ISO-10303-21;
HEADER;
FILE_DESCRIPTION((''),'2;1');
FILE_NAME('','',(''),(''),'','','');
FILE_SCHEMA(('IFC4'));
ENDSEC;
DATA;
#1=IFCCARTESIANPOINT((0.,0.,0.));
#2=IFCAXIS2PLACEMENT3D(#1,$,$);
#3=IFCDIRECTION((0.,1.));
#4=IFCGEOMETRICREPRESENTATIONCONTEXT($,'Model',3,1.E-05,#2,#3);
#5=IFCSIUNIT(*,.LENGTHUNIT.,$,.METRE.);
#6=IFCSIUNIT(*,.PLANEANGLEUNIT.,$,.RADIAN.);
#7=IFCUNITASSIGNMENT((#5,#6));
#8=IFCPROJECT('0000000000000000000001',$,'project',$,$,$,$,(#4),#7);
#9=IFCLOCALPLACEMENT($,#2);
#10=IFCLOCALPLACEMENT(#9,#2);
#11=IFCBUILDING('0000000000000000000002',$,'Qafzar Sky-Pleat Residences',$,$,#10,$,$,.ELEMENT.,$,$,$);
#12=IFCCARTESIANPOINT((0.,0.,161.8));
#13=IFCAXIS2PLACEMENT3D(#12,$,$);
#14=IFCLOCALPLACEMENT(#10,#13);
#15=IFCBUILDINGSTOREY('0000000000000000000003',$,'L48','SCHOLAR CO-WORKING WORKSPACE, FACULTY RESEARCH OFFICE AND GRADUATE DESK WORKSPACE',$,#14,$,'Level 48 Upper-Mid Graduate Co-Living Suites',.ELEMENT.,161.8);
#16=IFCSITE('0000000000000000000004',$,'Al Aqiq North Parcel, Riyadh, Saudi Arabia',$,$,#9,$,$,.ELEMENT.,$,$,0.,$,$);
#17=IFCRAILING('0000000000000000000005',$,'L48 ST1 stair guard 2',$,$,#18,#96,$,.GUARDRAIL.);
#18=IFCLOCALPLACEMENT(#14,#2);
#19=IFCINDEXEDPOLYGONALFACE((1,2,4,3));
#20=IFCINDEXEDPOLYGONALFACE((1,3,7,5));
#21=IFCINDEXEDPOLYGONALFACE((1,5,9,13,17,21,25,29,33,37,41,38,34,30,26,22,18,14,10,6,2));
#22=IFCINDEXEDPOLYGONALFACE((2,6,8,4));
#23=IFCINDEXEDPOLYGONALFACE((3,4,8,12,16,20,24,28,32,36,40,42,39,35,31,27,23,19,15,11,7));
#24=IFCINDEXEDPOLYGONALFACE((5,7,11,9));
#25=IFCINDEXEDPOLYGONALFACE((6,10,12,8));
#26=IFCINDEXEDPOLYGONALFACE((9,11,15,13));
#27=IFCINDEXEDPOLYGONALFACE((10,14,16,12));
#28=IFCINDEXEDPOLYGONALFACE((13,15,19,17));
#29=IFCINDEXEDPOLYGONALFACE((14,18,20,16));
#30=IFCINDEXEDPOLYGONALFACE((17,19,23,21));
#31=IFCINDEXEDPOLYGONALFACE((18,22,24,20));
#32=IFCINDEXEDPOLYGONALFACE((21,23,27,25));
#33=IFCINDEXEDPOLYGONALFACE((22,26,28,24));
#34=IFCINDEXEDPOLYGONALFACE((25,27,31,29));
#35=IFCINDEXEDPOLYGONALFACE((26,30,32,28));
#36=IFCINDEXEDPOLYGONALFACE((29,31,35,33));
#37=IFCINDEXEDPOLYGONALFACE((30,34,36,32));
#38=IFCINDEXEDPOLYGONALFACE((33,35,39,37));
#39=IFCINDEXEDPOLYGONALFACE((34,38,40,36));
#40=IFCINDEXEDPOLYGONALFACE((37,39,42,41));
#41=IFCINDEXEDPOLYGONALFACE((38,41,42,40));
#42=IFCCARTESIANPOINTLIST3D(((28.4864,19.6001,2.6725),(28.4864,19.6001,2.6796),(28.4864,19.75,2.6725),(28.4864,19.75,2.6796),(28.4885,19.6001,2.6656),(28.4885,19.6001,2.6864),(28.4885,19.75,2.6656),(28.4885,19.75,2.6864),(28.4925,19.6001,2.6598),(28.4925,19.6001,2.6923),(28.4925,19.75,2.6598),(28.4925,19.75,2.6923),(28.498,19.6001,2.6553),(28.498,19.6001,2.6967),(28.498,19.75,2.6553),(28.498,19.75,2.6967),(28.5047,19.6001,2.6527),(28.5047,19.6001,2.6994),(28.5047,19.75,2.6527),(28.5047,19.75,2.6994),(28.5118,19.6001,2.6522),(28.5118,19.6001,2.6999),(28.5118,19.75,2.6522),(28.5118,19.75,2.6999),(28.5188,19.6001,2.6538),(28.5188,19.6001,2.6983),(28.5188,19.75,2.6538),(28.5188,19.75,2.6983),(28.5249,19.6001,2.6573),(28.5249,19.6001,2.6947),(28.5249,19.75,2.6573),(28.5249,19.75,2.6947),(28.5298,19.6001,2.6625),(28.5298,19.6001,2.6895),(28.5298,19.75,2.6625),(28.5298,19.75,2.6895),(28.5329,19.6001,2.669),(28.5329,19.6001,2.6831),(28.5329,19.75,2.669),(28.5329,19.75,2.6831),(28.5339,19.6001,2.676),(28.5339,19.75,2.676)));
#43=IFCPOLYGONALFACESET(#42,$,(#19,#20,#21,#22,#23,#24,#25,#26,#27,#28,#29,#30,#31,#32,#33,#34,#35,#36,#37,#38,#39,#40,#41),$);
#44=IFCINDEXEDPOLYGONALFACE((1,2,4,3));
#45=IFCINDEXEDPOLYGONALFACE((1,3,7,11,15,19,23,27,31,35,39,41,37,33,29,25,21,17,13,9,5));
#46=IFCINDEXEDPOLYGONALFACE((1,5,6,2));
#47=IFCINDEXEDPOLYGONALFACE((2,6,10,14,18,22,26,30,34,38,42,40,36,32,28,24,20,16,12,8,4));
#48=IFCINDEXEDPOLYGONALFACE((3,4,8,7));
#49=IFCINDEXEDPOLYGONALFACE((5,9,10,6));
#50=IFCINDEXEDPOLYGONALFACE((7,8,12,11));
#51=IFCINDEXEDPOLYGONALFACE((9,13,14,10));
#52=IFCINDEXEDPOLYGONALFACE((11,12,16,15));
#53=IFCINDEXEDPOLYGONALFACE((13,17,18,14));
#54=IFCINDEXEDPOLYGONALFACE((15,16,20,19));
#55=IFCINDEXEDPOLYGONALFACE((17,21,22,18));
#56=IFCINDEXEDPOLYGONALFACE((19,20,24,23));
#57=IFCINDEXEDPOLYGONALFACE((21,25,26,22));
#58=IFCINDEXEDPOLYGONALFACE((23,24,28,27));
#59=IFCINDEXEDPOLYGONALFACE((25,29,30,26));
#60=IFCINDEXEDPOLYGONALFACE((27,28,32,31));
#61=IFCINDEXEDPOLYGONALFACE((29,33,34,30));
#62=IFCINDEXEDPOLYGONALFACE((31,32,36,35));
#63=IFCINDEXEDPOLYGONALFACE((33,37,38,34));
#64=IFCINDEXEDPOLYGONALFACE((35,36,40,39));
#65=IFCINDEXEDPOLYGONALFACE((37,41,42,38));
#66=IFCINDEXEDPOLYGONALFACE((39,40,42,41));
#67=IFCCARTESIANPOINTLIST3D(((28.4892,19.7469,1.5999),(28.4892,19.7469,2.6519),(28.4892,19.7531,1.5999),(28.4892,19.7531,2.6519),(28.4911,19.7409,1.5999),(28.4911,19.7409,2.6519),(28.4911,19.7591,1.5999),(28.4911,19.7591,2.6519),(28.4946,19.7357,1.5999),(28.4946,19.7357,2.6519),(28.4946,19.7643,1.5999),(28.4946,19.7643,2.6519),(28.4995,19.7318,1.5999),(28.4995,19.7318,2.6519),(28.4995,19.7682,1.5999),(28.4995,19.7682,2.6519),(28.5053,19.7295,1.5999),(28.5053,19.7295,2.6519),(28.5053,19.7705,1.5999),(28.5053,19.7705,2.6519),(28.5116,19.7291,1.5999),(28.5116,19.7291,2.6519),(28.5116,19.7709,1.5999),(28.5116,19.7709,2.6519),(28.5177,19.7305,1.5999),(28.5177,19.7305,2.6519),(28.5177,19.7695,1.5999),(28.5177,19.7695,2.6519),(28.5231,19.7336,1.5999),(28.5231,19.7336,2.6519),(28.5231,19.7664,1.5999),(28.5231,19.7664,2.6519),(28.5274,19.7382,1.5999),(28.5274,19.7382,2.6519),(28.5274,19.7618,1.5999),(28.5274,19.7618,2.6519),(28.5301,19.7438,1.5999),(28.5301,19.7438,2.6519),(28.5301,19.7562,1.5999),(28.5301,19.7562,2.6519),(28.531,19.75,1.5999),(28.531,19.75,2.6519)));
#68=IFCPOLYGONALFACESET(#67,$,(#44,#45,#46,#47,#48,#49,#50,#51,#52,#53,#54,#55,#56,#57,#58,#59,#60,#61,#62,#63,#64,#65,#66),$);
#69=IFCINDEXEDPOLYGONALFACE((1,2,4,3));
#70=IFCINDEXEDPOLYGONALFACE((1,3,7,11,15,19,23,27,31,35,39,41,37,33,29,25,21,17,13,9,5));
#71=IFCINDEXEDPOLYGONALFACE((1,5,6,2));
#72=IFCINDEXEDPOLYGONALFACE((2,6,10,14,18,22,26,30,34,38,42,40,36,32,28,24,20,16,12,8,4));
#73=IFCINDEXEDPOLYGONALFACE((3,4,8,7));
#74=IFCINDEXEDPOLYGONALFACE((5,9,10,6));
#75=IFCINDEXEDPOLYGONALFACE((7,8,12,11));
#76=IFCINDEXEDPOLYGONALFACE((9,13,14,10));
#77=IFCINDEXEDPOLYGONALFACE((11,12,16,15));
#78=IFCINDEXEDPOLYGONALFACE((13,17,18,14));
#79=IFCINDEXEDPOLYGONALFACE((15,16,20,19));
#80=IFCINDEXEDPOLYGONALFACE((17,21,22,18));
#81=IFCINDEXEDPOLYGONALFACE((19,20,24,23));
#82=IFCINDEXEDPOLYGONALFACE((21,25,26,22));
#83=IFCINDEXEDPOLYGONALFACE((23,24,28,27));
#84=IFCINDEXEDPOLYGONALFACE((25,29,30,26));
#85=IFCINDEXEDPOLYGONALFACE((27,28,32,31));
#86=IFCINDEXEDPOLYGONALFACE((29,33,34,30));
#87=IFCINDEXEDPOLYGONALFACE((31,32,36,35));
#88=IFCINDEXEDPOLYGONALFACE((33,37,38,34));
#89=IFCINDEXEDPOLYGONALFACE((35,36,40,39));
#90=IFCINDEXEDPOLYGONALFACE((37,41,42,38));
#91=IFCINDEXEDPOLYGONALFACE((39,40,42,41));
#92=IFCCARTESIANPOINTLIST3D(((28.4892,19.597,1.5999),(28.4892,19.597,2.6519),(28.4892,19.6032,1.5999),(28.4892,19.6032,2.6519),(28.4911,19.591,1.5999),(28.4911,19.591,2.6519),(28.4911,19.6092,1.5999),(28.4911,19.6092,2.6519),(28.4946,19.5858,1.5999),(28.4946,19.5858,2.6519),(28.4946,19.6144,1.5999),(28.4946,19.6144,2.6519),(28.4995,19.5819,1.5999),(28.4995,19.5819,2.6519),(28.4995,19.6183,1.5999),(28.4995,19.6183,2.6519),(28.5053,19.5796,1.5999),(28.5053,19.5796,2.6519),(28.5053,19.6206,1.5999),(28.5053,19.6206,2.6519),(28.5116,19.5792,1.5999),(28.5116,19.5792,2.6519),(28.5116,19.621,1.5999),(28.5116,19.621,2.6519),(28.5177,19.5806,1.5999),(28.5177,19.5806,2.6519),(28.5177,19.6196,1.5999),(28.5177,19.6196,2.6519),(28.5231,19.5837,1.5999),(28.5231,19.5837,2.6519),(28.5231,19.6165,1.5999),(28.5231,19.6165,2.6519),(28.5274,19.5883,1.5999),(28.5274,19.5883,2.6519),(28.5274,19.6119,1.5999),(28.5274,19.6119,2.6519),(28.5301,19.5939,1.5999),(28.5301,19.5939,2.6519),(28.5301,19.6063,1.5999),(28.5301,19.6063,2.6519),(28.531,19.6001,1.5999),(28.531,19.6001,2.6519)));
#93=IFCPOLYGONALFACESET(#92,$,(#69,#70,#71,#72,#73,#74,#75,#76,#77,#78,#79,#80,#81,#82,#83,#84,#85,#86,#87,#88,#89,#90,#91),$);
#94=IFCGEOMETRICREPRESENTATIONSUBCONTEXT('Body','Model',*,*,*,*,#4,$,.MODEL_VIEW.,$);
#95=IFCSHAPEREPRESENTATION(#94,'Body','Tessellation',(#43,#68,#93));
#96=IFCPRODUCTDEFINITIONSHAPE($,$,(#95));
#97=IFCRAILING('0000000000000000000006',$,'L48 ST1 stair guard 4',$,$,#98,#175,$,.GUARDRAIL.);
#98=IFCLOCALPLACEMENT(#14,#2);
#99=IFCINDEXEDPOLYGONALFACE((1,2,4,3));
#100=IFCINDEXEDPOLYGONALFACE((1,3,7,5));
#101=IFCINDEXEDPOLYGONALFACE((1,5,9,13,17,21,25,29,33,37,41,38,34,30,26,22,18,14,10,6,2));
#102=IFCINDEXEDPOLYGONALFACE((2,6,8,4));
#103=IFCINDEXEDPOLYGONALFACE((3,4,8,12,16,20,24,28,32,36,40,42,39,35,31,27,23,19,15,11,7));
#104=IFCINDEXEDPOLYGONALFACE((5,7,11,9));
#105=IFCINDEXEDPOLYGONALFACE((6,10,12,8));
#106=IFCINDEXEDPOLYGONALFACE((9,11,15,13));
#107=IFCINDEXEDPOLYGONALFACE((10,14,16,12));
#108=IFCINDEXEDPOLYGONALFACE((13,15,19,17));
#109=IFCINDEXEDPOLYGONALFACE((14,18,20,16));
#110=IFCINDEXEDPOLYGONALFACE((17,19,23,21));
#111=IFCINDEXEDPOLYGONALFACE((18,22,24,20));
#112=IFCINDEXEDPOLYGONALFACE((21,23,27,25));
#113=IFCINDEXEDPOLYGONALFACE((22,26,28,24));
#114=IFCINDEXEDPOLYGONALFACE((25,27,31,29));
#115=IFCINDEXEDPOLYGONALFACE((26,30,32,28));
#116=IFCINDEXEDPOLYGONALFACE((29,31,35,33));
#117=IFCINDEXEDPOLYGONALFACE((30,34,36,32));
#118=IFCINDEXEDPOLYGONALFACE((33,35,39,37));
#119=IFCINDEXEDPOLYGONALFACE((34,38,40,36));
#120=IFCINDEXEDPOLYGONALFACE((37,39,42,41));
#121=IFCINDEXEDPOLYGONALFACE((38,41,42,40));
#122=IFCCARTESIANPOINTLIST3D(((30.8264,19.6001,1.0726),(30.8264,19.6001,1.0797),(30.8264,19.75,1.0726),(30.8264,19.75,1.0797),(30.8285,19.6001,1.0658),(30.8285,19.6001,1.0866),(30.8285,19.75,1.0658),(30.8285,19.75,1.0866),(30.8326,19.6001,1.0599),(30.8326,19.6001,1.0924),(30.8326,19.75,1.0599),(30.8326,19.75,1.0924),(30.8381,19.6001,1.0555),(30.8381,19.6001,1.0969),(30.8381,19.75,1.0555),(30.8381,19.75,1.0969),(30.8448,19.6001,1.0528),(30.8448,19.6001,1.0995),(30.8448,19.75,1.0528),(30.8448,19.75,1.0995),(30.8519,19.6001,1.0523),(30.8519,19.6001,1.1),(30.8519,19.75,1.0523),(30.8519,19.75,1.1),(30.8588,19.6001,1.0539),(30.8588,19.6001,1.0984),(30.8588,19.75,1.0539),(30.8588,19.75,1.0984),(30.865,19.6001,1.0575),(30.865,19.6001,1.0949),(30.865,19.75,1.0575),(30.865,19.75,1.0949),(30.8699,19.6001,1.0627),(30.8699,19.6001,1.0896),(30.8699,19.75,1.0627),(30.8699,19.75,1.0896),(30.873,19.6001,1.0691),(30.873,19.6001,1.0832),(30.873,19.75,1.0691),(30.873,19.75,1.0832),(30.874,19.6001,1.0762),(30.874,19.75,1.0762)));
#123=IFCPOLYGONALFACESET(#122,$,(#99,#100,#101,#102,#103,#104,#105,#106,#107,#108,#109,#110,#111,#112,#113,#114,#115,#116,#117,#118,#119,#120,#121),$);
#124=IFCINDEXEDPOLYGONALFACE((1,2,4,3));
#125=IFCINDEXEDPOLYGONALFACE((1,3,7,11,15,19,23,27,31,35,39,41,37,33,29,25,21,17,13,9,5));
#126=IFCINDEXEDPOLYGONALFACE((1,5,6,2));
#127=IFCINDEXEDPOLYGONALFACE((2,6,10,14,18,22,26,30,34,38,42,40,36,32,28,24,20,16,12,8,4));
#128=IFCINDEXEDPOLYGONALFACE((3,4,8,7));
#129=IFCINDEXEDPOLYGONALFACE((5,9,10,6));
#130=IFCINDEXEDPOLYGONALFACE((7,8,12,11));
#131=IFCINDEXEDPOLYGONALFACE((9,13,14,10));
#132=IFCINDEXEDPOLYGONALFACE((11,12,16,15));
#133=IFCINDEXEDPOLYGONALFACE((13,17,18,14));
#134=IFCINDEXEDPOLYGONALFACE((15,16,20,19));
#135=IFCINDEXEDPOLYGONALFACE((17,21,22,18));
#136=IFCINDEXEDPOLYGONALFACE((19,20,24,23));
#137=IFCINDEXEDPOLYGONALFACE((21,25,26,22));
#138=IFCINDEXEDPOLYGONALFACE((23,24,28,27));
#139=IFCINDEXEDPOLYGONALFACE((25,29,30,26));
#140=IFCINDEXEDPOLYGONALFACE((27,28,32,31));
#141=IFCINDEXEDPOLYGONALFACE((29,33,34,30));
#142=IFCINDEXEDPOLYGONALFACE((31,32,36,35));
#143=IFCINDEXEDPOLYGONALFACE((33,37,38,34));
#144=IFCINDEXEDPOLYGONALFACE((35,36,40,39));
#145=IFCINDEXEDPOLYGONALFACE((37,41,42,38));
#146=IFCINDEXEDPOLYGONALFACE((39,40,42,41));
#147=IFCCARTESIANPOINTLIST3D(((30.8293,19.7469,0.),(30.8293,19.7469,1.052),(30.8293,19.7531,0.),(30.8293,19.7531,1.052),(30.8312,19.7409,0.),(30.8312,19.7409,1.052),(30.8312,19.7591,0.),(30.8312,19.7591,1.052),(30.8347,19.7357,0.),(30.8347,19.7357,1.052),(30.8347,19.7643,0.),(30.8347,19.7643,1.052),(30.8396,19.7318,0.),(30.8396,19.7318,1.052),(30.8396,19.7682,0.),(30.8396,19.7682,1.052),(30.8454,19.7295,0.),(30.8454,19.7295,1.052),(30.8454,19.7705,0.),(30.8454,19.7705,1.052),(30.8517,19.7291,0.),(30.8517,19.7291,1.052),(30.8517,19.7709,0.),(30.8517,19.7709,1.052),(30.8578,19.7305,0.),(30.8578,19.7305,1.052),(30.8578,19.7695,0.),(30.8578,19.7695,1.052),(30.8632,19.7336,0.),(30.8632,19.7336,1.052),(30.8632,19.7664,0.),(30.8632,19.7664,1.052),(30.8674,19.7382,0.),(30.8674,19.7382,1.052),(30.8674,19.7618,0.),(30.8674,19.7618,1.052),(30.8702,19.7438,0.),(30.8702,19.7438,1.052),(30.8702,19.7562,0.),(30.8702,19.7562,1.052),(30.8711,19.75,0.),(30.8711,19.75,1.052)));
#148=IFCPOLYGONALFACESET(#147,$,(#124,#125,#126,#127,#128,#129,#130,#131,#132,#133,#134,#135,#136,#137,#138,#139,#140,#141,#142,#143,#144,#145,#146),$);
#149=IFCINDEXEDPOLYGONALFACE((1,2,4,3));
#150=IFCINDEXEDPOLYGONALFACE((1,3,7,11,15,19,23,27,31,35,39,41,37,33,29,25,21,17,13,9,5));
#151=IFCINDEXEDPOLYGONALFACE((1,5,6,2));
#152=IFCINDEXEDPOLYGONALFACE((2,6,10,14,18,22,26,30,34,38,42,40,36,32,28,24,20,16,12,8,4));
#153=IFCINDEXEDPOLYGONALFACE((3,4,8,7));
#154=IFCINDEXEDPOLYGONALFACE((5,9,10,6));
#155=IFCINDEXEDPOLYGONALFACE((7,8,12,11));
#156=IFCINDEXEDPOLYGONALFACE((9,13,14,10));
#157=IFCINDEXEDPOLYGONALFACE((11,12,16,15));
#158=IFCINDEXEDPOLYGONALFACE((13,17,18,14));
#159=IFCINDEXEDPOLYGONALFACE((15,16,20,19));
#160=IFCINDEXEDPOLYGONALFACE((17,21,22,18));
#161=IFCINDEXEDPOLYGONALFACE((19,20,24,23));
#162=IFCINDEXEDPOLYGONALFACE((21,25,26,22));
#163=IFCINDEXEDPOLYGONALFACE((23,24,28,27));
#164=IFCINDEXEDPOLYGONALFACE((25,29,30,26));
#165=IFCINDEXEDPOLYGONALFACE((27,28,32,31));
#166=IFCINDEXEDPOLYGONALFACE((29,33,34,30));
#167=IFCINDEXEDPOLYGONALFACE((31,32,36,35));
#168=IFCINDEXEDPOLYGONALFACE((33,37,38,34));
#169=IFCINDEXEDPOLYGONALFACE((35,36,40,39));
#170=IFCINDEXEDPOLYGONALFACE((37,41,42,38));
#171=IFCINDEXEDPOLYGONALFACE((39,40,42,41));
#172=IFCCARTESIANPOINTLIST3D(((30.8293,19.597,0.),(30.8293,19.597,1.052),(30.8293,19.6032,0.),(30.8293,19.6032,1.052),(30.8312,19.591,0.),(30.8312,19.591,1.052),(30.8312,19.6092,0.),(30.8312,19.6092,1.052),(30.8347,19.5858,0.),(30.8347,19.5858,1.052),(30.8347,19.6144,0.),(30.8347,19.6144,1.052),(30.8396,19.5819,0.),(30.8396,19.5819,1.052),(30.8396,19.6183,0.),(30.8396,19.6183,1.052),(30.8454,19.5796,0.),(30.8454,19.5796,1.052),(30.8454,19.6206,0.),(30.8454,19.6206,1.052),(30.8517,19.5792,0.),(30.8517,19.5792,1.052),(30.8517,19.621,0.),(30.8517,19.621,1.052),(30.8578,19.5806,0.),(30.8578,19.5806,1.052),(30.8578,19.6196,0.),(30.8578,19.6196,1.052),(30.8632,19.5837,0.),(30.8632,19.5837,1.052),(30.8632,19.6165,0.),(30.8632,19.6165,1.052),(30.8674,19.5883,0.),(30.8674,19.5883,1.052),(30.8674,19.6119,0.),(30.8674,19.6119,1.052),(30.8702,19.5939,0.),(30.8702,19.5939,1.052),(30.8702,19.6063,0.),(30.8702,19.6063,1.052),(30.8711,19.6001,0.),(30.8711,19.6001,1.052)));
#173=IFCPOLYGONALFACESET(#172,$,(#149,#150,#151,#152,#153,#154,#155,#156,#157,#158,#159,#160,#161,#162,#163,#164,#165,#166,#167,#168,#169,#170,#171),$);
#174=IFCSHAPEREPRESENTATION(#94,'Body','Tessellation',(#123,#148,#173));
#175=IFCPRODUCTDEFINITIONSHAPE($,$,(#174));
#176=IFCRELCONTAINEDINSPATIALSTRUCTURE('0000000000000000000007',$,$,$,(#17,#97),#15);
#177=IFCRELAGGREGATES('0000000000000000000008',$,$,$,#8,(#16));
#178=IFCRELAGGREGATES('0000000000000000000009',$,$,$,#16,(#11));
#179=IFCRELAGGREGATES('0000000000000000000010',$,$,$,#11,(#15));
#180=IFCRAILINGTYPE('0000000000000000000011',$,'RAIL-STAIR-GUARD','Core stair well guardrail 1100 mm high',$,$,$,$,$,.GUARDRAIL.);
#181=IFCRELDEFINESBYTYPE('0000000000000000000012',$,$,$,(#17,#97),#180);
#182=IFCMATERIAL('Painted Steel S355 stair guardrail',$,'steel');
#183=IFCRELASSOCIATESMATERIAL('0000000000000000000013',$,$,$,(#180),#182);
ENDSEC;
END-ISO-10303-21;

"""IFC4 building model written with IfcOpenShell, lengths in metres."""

from ifc_helpers import new_model, si_unit, direction, frame, origin, origin_2d, place, context, subcontext, project, spatial, circle, extrude, source, transform, mapped, material, type_object, element, save


model = new_model("IFC4")

# Units and contexts
model_context = context("Model", 3, precision=1e-05, world=origin(), true_north=direction((0.0, 1.0)))
body_context = subcontext(model_context, "Body", "Model", "MODEL_VIEW")
ifc_project = project(units=[si_unit("LENGTHUNIT", "METRE"), si_unit("PLANEANGLEUNIT", "RADIAN")], contexts=[model_context])

# Site, building, storey
site_placement = place(None, origin())
site = spatial("IfcSite", under=ifc_project, at=site_placement, Name="Al Aqiq North Parcel, Riyadh, Saudi Arabia", CompositionType="ELEMENT", RefElevation=0.0)
building_placement = place(site_placement, origin())
building = spatial("IfcBuilding", under=site, at=building_placement, Name="Qafzar Sky-Pleat Residences", CompositionType="ELEMENT")
storey_placement = place(building_placement, frame((0.0, 0.0, 161.8)))
storey = spatial("IfcBuildingStorey", under=building, at=storey_placement, Name="L48", Description="SCHOLAR CO-WORKING WORKSPACE, FACULTY RESEARCH OFFICE AND GRADUATE DESK WORKSPACE", LongName="Level 48 Upper-Mid Graduate Co-Living Suites", CompositionType="ELEMENT", Elevation=161.8)

# Railings
ifc_material_1 = material(Name="Painted Steel S355 stair guardrail", Category="steel")
railing_type_1 = type_object("IfcRailingType", Name="RAIL-STAIR-GUARD", Description="Core stair well guardrail 1100 mm high", PredefinedType="GUARDRAIL", material=ifc_material_1)
shared_shape_1 = source(origin(), body_context, "Body", "SweptSolid", [
    extrude(circle(Radius=0.0239, at=origin_2d()), frame((0.0, 0.0, 1.0762), z_axis=(0.0, -1.0, 0.0), x_axis=(1.0, 0.0, 0.0)), (0.0, 0.0, 1.0), 0.1499),
    extrude(circle(Radius=0.021, at=origin_2d()), origin(), (0.0, 0.0, 1.0), 1.052),
    extrude(circle(Radius=0.021, at=origin_2d()), frame((0.0, -0.1499, 0.0)), (0.0, 0.0, 1.0), 1.052),
])
for number, where, name in (
    (1, (28.51, 19.75, 1.5999), "L48 ST1 stair guard 2"),
    (2, (30.8501, 19.75, 0.0), "L48 ST1 stair guard 4"),
):
    element("IfcRailing", number, at=place(storey_placement, frame(where)), inside=storey, type_object=railing_type_1, Name=name, PredefinedType="GUARDRAIL", context=body_context, shape_type="MappedRepresentation", body=[
        mapped(shared_shape_1, transform((0.0, 0.0, 0.0), x_axis=(1.0, 0.0, 0.0), y_axis=(0.0, 1.0, 0.0), z_axis=(0.0, 0.0, 1.0), scale=1.0)),
    ])

save(model, "model.ifc")
